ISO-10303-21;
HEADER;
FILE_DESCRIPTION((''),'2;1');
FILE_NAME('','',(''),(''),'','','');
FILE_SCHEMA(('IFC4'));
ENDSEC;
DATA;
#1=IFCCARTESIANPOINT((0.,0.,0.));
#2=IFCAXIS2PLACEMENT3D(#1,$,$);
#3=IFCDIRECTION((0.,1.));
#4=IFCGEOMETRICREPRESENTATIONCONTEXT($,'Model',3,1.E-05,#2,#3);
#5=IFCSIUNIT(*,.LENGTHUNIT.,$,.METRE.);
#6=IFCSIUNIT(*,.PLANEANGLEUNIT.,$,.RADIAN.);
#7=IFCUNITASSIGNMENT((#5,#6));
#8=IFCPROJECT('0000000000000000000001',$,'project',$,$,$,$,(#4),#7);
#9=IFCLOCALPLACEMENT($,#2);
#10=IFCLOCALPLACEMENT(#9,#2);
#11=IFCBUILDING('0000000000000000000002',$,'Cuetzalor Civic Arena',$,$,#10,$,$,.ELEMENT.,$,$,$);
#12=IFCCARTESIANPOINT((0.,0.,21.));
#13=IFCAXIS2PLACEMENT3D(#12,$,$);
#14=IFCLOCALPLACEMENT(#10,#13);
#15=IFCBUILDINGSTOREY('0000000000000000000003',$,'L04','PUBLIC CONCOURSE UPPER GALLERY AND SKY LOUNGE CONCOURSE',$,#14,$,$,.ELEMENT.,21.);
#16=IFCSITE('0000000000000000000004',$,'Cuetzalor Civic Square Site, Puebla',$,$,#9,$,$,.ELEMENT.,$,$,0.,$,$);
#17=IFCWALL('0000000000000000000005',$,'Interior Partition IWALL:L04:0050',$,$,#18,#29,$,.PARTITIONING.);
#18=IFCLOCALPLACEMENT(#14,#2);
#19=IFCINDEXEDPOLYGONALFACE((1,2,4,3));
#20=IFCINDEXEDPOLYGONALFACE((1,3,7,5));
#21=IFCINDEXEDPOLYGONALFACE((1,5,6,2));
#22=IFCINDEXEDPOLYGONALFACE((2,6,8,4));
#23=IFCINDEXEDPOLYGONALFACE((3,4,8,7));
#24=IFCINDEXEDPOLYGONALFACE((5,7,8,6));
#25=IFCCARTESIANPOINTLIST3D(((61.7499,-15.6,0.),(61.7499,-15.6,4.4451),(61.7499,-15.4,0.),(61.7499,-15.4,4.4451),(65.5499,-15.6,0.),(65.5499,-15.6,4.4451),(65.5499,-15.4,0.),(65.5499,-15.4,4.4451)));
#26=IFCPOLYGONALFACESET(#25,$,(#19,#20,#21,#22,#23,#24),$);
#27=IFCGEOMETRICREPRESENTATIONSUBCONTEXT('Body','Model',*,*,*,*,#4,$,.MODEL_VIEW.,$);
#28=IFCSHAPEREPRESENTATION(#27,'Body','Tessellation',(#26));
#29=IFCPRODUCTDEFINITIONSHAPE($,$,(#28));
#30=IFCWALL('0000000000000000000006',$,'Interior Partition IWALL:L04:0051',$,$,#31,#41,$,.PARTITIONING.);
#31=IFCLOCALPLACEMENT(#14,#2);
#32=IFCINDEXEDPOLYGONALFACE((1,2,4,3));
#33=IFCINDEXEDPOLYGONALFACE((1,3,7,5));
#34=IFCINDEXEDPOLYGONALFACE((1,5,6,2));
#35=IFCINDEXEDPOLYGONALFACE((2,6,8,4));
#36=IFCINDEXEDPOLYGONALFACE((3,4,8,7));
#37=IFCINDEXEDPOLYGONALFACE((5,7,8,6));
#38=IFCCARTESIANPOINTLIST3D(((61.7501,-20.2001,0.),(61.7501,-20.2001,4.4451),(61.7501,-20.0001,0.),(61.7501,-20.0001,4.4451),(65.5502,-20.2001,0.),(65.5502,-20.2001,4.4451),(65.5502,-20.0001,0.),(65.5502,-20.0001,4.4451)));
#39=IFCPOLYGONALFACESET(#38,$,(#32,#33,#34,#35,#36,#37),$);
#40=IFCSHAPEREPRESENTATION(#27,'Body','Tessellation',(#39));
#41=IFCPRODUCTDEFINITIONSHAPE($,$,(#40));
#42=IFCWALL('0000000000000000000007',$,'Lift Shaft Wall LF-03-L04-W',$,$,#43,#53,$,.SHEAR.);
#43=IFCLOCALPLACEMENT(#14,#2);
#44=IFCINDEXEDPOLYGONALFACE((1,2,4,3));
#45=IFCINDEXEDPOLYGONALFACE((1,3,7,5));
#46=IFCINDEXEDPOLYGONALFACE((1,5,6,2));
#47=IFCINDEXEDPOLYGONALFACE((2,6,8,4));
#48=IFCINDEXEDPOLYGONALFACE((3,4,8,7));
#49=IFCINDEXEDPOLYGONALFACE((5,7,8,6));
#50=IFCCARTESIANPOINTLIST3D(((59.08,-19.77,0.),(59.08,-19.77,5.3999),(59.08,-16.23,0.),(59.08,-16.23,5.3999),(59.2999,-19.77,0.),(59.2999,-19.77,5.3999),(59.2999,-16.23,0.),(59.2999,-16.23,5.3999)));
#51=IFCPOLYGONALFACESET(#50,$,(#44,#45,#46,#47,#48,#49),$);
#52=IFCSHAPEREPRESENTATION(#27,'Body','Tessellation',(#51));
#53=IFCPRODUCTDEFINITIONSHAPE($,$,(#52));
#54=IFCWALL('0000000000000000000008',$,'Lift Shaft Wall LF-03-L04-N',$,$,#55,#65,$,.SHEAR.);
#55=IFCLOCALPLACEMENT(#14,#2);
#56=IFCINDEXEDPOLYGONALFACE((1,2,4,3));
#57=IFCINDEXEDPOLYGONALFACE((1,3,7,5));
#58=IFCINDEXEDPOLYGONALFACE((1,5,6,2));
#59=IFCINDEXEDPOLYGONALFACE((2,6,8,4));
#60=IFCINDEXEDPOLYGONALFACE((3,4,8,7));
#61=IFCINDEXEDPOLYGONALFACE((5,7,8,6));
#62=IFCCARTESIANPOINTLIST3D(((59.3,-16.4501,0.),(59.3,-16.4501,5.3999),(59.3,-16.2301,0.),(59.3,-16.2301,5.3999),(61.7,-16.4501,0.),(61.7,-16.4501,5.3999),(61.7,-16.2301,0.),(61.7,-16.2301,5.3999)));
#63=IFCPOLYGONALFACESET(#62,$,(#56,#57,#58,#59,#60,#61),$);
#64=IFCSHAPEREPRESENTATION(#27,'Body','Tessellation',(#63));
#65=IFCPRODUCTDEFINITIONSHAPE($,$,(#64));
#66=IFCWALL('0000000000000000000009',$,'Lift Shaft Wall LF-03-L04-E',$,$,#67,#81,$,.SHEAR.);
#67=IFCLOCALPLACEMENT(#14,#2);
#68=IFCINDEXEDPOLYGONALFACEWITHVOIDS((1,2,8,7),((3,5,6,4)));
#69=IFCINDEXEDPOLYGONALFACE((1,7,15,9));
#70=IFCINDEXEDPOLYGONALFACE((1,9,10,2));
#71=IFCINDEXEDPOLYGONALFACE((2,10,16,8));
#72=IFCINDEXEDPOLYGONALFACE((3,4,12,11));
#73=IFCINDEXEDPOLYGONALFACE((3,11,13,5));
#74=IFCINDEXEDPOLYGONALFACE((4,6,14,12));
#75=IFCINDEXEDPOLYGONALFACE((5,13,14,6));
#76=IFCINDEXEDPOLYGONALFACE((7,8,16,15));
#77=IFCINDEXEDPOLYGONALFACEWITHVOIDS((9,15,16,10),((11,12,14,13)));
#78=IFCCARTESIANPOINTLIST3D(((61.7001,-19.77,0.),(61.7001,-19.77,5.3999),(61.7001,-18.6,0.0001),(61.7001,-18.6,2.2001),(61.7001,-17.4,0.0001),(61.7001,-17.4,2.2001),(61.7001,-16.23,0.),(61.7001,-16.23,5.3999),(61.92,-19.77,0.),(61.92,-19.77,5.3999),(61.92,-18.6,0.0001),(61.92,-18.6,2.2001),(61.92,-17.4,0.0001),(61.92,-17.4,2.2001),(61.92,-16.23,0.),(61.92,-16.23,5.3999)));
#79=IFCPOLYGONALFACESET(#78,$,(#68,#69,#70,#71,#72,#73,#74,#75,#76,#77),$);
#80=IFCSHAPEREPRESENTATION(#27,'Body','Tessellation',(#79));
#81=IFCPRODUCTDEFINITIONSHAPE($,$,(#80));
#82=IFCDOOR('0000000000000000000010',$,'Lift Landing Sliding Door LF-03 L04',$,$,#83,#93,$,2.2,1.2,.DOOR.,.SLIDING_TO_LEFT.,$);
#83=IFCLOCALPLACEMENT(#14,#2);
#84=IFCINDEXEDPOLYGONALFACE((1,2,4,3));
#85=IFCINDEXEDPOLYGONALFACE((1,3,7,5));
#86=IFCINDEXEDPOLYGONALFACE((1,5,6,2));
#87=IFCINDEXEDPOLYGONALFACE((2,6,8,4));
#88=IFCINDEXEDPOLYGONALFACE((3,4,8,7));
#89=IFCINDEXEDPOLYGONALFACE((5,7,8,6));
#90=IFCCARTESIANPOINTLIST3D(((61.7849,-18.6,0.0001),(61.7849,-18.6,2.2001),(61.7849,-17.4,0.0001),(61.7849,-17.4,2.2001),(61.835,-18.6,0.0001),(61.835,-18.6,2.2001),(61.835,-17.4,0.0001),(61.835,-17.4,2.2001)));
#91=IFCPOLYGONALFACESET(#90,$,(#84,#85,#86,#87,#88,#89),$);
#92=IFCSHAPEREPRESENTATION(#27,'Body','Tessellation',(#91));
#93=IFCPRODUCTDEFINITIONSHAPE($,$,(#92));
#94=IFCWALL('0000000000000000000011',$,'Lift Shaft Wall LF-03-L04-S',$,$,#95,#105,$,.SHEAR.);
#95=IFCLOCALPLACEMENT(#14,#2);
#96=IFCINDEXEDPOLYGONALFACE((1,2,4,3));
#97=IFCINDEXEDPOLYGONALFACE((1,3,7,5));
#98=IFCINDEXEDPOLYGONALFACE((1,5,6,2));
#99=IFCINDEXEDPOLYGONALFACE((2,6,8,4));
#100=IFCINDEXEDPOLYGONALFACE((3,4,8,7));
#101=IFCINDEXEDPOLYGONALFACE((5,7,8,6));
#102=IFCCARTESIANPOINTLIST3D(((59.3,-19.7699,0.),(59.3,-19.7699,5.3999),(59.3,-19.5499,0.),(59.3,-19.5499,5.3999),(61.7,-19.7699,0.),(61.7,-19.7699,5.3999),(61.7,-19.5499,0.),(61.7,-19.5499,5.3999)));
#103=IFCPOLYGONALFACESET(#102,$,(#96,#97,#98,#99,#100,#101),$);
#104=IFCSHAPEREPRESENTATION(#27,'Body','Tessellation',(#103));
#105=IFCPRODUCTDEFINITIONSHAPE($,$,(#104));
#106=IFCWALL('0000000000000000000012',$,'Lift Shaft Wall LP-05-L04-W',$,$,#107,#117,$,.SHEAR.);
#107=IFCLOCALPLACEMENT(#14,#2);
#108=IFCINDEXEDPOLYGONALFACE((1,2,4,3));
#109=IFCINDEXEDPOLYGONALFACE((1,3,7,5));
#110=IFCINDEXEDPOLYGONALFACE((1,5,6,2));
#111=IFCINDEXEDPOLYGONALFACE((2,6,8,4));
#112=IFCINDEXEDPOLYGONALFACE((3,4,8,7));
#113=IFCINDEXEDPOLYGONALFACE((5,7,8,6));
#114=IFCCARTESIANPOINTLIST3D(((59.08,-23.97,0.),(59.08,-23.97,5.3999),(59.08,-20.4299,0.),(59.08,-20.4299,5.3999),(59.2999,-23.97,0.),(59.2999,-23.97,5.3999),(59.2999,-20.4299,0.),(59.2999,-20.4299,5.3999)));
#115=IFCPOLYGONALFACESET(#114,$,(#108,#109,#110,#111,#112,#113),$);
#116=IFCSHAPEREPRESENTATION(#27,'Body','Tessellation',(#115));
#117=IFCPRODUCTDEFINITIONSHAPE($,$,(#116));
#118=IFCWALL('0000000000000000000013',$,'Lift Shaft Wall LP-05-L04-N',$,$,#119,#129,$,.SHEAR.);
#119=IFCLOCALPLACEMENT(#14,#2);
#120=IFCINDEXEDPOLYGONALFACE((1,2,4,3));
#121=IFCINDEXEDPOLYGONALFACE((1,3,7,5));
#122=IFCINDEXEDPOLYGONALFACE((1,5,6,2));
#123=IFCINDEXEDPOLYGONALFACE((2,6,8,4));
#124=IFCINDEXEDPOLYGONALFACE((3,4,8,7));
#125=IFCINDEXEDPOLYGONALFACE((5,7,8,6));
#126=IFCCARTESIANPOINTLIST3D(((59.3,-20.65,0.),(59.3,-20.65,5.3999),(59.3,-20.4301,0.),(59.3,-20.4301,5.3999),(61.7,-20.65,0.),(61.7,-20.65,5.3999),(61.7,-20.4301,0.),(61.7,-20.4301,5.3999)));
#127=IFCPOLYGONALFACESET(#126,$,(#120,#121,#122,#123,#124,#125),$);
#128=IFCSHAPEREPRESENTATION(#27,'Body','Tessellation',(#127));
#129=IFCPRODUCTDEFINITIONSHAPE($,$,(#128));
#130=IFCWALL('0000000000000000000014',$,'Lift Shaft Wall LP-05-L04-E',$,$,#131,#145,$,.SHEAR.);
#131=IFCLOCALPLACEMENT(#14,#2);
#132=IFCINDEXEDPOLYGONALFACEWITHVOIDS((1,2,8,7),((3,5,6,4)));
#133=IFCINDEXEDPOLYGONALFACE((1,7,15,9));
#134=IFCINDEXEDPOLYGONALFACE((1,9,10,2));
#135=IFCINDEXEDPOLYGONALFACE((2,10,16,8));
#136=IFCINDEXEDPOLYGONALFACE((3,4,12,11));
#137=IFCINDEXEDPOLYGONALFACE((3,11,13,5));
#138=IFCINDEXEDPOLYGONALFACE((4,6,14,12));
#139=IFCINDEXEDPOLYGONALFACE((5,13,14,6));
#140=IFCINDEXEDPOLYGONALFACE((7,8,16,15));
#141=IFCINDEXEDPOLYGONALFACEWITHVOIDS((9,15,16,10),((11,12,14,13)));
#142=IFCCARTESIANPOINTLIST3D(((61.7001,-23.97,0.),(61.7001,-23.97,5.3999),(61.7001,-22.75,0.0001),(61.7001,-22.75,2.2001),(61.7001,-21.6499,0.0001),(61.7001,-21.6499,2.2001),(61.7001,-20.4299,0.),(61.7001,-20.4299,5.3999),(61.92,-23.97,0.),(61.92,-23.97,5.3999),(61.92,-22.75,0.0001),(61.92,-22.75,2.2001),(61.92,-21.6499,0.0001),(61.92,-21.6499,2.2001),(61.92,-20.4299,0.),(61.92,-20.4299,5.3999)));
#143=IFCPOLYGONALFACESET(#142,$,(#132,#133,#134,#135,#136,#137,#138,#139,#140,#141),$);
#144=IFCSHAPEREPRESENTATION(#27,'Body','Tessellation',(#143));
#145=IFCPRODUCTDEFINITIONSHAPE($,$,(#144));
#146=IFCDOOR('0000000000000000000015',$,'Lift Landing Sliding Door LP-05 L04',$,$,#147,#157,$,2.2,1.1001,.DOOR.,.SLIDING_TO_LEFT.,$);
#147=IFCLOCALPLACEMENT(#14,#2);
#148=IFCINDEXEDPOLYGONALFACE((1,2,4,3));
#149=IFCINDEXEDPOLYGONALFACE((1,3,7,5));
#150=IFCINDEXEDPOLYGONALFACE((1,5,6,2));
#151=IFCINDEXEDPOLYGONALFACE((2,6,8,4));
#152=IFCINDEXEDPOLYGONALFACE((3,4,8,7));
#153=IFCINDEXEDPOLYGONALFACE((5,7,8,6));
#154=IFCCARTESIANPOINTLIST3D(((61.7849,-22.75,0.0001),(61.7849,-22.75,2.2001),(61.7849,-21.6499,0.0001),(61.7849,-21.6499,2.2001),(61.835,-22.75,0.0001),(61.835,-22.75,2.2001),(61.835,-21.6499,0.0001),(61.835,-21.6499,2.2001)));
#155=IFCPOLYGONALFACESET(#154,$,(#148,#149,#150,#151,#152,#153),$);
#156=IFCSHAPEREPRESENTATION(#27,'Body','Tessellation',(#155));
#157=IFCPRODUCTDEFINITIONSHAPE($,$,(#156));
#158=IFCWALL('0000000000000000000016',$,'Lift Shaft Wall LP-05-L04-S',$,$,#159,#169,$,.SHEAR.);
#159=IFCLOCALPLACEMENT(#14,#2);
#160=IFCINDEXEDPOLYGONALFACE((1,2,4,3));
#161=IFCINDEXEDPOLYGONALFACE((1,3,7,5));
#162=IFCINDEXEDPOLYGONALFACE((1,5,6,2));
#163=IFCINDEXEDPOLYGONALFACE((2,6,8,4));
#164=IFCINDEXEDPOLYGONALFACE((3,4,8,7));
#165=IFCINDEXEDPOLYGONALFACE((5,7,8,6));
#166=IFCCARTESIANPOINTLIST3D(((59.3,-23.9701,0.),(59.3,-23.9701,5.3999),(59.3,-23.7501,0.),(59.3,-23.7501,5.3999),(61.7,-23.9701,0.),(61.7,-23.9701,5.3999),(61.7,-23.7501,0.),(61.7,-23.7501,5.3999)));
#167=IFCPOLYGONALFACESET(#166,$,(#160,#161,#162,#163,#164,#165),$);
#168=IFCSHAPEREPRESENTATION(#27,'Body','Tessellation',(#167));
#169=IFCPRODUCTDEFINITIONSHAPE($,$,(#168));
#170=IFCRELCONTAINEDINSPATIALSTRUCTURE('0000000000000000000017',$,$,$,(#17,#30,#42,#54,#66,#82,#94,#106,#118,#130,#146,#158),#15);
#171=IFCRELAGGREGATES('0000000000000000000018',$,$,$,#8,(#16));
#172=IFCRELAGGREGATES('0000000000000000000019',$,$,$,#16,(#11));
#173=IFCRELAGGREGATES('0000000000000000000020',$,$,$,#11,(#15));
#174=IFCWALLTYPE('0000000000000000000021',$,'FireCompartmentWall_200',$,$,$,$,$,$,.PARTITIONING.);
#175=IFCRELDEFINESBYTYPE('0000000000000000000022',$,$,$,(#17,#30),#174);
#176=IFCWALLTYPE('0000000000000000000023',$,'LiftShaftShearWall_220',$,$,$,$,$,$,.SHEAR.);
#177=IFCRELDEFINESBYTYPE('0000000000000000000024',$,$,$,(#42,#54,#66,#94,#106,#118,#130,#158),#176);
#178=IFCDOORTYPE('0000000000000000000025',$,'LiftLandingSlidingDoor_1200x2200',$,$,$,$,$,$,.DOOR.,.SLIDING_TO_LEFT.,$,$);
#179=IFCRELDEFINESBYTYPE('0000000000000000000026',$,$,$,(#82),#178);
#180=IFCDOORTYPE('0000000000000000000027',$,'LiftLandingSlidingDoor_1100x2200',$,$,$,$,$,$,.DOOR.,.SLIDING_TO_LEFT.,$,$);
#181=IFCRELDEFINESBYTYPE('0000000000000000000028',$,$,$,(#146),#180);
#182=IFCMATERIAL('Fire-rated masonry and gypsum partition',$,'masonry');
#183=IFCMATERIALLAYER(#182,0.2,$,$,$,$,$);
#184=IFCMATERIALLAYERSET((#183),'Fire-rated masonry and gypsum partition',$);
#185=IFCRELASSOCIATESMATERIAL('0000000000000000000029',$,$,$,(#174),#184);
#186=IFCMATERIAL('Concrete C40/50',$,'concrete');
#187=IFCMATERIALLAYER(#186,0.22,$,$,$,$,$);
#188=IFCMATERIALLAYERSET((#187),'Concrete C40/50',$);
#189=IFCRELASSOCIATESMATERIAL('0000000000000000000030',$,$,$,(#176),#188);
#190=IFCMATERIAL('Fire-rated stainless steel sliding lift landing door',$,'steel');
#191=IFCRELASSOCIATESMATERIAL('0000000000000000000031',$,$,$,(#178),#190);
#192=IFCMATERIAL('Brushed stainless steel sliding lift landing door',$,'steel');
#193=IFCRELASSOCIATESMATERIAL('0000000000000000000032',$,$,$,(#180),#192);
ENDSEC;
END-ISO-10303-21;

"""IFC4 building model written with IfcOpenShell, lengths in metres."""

from ifc_helpers import new_model, si_unit, direction, frame, frame_2d, origin, place, context, subcontext, project, spatial, rectangle, extrude, material, layer, layer_set, type_object, element, fill, save


model = new_model("IFC4")

# Units and contexts
model_context = context("Model", 3, precision=1e-05, world=origin(), true_north=direction((0.0, 1.0)))
body_context = subcontext(model_context, "Body", "Model", "MODEL_VIEW")
ifc_project = project(units=[si_unit("LENGTHUNIT", "METRE"), si_unit("PLANEANGLEUNIT", "RADIAN")], contexts=[model_context])

# Site, building, storey
site_placement = place(None, origin())
site = spatial("IfcSite", under=ifc_project, at=site_placement, Name="Cuetzalor Civic Square Site, Puebla", CompositionType="ELEMENT", RefElevation=0.0)
building_placement = place(site_placement, origin())
building = spatial("IfcBuilding", under=site, at=building_placement, Name="Cuetzalor Civic Arena", CompositionType="ELEMENT")
storey_placement = place(building_placement, frame((0.0, 0.0, 21.0)))
storey = spatial("IfcBuildingStorey", under=building, at=storey_placement, Name="L04", Description="PUBLIC CONCOURSE UPPER GALLERY AND SKY LOUNGE CONCOURSE", CompositionType="ELEMENT", Elevation=21.0)

# Shared definitions
ifc_material_1 = material(Name="Fire-rated masonry and gypsum partition", Category="masonry")
ifc_layer_1 = layer(ifc_material_1, 0.2)
ifc_layer_set_1 = layer_set([ifc_layer_1], Name="Fire-rated masonry and gypsum partition")
wall_type_1 = type_object("IfcWallType", Name="FireCompartmentWall_200", PredefinedType="PARTITIONING", material=ifc_layer_set_1)

# Walls
for number, where, z_axis, x_axis, name in (
    (1, (61.75, -15.5, 0.0), (0.0, 0.0, 1.0), (1.0, 0.0, 0.0), "Interior Partition IWALL:L04:0050"),
    (2, (65.55, -20.1001, 0.0), (0.0, 0.0, 1.0), (-1.0, 0.0, 0.0), "Interior Partition IWALL:L04:0051"),
):
    element("IfcWall", number, at=place(storey_placement, frame(where, z_axis=z_axis, x_axis=x_axis)), inside=storey, type_object=wall_type_1, Name=name, PredefinedType="PARTITIONING", context=body_context, shape_type="SweptSolid", body=[
        extrude(rectangle(XDim=3.8, YDim=0.2, at=frame_2d((1.8999, 0.0))), origin(), (0.0, 0.0, 1.0), 4.4451),
    ])
ifc_material_2 = material(Name="Concrete C40/50", Category="concrete")
ifc_layer_2 = layer(ifc_material_2, 0.22)
ifc_layer_set_2 = layer_set([ifc_layer_2], Name="Concrete C40/50")
wall_type_2 = type_object("IfcWallType", Name="LiftShaftShearWall_220", PredefinedType="SHEAR", material=ifc_layer_set_2)
wall_1_placement = place(storey_placement, frame((59.1899, -19.77, 0.0), z_axis=(0.0, 0.0, 1.0), x_axis=(0.0, 1.0, 0.0)))
element("IfcWall", 3, at=wall_1_placement, inside=storey, type_object=wall_type_2, Name="Lift Shaft Wall LF-03-L04-W", PredefinedType="SHEAR", context=body_context, shape_type="SweptSolid", body=[
    extrude(rectangle(XDim=3.54, YDim=0.22, at=frame_2d((1.77, 0.0))), origin(), (0.0, 0.0, 1.0), 5.3999),
])
wall_2_placement = place(storey_placement, frame((59.3, -16.3401, 0.0), z_axis=(0.0, 0.0, 1.0), x_axis=(1.0, 0.0, 0.0)))
element("IfcWall", 4, at=wall_2_placement, inside=storey, type_object=wall_type_2, Name="Lift Shaft Wall LF-03-L04-N", PredefinedType="SHEAR", context=body_context, shape_type="SweptSolid", body=[
    extrude(rectangle(XDim=2.3999, YDim=0.22, at=frame_2d((1.2, 0.0))), origin(), (0.0, 0.0, 1.0), 5.3999),
])

# Wall, opening, door
wall_3_placement = place(storey_placement, frame((61.8101, -16.23, 0.0), z_axis=(0.0, 0.0, 1.0), x_axis=(0.0, -1.0, 0.0)))
wall_3 = element("IfcWall", 5, at=wall_3_placement, inside=storey, type_object=wall_type_2, Name="Lift Shaft Wall LF-03-L04-E", PredefinedType="SHEAR", context=body_context, shape_type="SweptSolid", body=[
    extrude(rectangle(XDim=3.54, YDim=0.22, at=frame_2d((1.77, 0.0))), origin(), (0.0, 0.0, 1.0), 5.3999),
])
opening_1_placement = place(wall_3_placement, frame((1.1699, 0.0, 0.0)))
opening_1 = element("IfcOpeningElement", 6, at=opening_1_placement, cuts=wall_3, PredefinedType="OPENING", context=body_context, shape_type="SweptSolid", body=[
    extrude(rectangle(XDim=1.2, YDim=2.2, at=frame_2d((0.6001, 1.1001))), frame((0.0, 0.1201, 0.0), z_axis=(0.0, -1.0, 0.0), x_axis=(1.0, 0.0, 0.0)), (0.0, 0.0, 1.0), 0.24),
])
ifc_material_3 = material(Name="Fire-rated stainless steel sliding lift landing door", Category="steel")
door_type_1 = type_object("IfcDoorType", Name="LiftLandingSlidingDoor_1200x2200", OperationType="SLIDING_TO_LEFT", PredefinedType="DOOR", material=ifc_material_3)
door_1_placement = place(opening_1_placement, origin())
door_1 = element("IfcDoor", 7, at=door_1_placement, inside=storey, type_object=door_type_1, Name="Lift Landing Sliding Door LF-03 L04", OperationType="SLIDING_TO_LEFT", OverallHeight=2.2, OverallWidth=1.2, PredefinedType="DOOR", context=body_context, shape_type="SweptSolid", body=[
    extrude(rectangle(XDim=1.2, YDim=2.2, at=frame_2d((0.6001, 1.1001))), frame((0.0, 0.0249, 0.0), z_axis=(0.0, -1.0, 0.0), x_axis=(1.0, 0.0, 0.0)), (0.0, 0.0, 1.0), 0.05),
])
fill(opening_1, door_1)

# Walls
wall_4_placement = place(storey_placement, frame((61.7, -19.6599, 0.0), z_axis=(0.0, 0.0, 1.0), x_axis=(-1.0, 0.0, 0.0)))
element("IfcWall", 8, at=wall_4_placement, inside=storey, type_object=wall_type_2, Name="Lift Shaft Wall LF-03-L04-S", PredefinedType="SHEAR", context=body_context, shape_type="SweptSolid", body=[
    extrude(rectangle(XDim=2.3999, YDim=0.22, at=frame_2d((1.2, 0.0))), origin(), (0.0, 0.0, 1.0), 5.3999),
])
wall_5_placement = place(storey_placement, frame((59.1899, -23.97, 0.0), z_axis=(0.0, 0.0, 1.0), x_axis=(0.0, 1.0, 0.0)))
element("IfcWall", 9, at=wall_5_placement, inside=storey, type_object=wall_type_2, Name="Lift Shaft Wall LP-05-L04-W", PredefinedType="SHEAR", context=body_context, shape_type="SweptSolid", body=[
    extrude(rectangle(XDim=3.54, YDim=0.22, at=frame_2d((1.77, 0.0))), origin(), (0.0, 0.0, 1.0), 5.3999),
])
wall_6_placement = place(storey_placement, frame((59.3, -20.54, 0.0), z_axis=(0.0, 0.0, 1.0), x_axis=(1.0, 0.0, 0.0)))
element("IfcWall", 10, at=wall_6_placement, inside=storey, type_object=wall_type_2, Name="Lift Shaft Wall LP-05-L04-N", PredefinedType="SHEAR", context=body_context, shape_type="SweptSolid", body=[
    extrude(rectangle(XDim=2.3999, YDim=0.22, at=frame_2d((1.2, 0.0))), origin(), (0.0, 0.0, 1.0), 5.3999),
])

# Wall, opening, door
wall_7_placement = place(storey_placement, frame((61.8101, -20.4299, 0.0), z_axis=(0.0, 0.0, 1.0), x_axis=(0.0, -1.0, 0.0)))
wall_7 = element("IfcWall", 11, at=wall_7_placement, inside=storey, type_object=wall_type_2, Name="Lift Shaft Wall LP-05-L04-E", PredefinedType="SHEAR", context=body_context, shape_type="SweptSolid", body=[
    extrude(rectangle(XDim=3.54, YDim=0.22, at=frame_2d((1.77, 0.0))), origin(), (0.0, 0.0, 1.0), 5.3999),
])
opening_2_placement = place(wall_7_placement, frame((1.22, 0.0, 0.0)))
opening_2 = element("IfcOpeningElement", 12, at=opening_2_placement, cuts=wall_7, PredefinedType="OPENING", context=body_context, shape_type="SweptSolid", body=[
    extrude(rectangle(XDim=1.1001, YDim=2.2, at=frame_2d((0.55, 1.1001))), frame((0.0, 0.1201, 0.0), z_axis=(0.0, -1.0, 0.0), x_axis=(1.0, 0.0, 0.0)), (0.0, 0.0, 1.0), 0.24),
])
ifc_material_4 = material(Name="Brushed stainless steel sliding lift landing door", Category="steel")
door_type_2 = type_object("IfcDoorType", Name="LiftLandingSlidingDoor_1100x2200", OperationType="SLIDING_TO_LEFT", PredefinedType="DOOR", material=ifc_material_4)
door_2_placement = place(opening_2_placement, origin())
door_2 = element("IfcDoor", 13, at=door_2_placement, inside=storey, type_object=door_type_2, Name="Lift Landing Sliding Door LP-05 L04", OperationType="SLIDING_TO_LEFT", OverallHeight=2.2, OverallWidth=1.1001, PredefinedType="DOOR", context=body_context, shape_type="SweptSolid", body=[
    extrude(rectangle(XDim=1.1001, YDim=2.2, at=frame_2d((0.55, 1.1001))), frame((0.0, 0.0249, 0.0), z_axis=(0.0, -1.0, 0.0), x_axis=(1.0, 0.0, 0.0)), (0.0, 0.0, 1.0), 0.05),
])
fill(opening_2, door_2)

# Wall
wall_8_placement = place(storey_placement, frame((61.7, -23.8601, 0.0), z_axis=(0.0, 0.0, 1.0), x_axis=(-1.0, 0.0, 0.0)))
element("IfcWall", 14, at=wall_8_placement, inside=storey, type_object=wall_type_2, Name="Lift Shaft Wall LP-05-L04-S", PredefinedType="SHEAR", context=body_context, shape_type="SweptSolid", body=[
    extrude(rectangle(XDim=2.3999, YDim=0.22, at=frame_2d((1.2, 0.0))), origin(), (0.0, 0.0, 1.0), 5.3999),
])

save(model, "model.ifc")
